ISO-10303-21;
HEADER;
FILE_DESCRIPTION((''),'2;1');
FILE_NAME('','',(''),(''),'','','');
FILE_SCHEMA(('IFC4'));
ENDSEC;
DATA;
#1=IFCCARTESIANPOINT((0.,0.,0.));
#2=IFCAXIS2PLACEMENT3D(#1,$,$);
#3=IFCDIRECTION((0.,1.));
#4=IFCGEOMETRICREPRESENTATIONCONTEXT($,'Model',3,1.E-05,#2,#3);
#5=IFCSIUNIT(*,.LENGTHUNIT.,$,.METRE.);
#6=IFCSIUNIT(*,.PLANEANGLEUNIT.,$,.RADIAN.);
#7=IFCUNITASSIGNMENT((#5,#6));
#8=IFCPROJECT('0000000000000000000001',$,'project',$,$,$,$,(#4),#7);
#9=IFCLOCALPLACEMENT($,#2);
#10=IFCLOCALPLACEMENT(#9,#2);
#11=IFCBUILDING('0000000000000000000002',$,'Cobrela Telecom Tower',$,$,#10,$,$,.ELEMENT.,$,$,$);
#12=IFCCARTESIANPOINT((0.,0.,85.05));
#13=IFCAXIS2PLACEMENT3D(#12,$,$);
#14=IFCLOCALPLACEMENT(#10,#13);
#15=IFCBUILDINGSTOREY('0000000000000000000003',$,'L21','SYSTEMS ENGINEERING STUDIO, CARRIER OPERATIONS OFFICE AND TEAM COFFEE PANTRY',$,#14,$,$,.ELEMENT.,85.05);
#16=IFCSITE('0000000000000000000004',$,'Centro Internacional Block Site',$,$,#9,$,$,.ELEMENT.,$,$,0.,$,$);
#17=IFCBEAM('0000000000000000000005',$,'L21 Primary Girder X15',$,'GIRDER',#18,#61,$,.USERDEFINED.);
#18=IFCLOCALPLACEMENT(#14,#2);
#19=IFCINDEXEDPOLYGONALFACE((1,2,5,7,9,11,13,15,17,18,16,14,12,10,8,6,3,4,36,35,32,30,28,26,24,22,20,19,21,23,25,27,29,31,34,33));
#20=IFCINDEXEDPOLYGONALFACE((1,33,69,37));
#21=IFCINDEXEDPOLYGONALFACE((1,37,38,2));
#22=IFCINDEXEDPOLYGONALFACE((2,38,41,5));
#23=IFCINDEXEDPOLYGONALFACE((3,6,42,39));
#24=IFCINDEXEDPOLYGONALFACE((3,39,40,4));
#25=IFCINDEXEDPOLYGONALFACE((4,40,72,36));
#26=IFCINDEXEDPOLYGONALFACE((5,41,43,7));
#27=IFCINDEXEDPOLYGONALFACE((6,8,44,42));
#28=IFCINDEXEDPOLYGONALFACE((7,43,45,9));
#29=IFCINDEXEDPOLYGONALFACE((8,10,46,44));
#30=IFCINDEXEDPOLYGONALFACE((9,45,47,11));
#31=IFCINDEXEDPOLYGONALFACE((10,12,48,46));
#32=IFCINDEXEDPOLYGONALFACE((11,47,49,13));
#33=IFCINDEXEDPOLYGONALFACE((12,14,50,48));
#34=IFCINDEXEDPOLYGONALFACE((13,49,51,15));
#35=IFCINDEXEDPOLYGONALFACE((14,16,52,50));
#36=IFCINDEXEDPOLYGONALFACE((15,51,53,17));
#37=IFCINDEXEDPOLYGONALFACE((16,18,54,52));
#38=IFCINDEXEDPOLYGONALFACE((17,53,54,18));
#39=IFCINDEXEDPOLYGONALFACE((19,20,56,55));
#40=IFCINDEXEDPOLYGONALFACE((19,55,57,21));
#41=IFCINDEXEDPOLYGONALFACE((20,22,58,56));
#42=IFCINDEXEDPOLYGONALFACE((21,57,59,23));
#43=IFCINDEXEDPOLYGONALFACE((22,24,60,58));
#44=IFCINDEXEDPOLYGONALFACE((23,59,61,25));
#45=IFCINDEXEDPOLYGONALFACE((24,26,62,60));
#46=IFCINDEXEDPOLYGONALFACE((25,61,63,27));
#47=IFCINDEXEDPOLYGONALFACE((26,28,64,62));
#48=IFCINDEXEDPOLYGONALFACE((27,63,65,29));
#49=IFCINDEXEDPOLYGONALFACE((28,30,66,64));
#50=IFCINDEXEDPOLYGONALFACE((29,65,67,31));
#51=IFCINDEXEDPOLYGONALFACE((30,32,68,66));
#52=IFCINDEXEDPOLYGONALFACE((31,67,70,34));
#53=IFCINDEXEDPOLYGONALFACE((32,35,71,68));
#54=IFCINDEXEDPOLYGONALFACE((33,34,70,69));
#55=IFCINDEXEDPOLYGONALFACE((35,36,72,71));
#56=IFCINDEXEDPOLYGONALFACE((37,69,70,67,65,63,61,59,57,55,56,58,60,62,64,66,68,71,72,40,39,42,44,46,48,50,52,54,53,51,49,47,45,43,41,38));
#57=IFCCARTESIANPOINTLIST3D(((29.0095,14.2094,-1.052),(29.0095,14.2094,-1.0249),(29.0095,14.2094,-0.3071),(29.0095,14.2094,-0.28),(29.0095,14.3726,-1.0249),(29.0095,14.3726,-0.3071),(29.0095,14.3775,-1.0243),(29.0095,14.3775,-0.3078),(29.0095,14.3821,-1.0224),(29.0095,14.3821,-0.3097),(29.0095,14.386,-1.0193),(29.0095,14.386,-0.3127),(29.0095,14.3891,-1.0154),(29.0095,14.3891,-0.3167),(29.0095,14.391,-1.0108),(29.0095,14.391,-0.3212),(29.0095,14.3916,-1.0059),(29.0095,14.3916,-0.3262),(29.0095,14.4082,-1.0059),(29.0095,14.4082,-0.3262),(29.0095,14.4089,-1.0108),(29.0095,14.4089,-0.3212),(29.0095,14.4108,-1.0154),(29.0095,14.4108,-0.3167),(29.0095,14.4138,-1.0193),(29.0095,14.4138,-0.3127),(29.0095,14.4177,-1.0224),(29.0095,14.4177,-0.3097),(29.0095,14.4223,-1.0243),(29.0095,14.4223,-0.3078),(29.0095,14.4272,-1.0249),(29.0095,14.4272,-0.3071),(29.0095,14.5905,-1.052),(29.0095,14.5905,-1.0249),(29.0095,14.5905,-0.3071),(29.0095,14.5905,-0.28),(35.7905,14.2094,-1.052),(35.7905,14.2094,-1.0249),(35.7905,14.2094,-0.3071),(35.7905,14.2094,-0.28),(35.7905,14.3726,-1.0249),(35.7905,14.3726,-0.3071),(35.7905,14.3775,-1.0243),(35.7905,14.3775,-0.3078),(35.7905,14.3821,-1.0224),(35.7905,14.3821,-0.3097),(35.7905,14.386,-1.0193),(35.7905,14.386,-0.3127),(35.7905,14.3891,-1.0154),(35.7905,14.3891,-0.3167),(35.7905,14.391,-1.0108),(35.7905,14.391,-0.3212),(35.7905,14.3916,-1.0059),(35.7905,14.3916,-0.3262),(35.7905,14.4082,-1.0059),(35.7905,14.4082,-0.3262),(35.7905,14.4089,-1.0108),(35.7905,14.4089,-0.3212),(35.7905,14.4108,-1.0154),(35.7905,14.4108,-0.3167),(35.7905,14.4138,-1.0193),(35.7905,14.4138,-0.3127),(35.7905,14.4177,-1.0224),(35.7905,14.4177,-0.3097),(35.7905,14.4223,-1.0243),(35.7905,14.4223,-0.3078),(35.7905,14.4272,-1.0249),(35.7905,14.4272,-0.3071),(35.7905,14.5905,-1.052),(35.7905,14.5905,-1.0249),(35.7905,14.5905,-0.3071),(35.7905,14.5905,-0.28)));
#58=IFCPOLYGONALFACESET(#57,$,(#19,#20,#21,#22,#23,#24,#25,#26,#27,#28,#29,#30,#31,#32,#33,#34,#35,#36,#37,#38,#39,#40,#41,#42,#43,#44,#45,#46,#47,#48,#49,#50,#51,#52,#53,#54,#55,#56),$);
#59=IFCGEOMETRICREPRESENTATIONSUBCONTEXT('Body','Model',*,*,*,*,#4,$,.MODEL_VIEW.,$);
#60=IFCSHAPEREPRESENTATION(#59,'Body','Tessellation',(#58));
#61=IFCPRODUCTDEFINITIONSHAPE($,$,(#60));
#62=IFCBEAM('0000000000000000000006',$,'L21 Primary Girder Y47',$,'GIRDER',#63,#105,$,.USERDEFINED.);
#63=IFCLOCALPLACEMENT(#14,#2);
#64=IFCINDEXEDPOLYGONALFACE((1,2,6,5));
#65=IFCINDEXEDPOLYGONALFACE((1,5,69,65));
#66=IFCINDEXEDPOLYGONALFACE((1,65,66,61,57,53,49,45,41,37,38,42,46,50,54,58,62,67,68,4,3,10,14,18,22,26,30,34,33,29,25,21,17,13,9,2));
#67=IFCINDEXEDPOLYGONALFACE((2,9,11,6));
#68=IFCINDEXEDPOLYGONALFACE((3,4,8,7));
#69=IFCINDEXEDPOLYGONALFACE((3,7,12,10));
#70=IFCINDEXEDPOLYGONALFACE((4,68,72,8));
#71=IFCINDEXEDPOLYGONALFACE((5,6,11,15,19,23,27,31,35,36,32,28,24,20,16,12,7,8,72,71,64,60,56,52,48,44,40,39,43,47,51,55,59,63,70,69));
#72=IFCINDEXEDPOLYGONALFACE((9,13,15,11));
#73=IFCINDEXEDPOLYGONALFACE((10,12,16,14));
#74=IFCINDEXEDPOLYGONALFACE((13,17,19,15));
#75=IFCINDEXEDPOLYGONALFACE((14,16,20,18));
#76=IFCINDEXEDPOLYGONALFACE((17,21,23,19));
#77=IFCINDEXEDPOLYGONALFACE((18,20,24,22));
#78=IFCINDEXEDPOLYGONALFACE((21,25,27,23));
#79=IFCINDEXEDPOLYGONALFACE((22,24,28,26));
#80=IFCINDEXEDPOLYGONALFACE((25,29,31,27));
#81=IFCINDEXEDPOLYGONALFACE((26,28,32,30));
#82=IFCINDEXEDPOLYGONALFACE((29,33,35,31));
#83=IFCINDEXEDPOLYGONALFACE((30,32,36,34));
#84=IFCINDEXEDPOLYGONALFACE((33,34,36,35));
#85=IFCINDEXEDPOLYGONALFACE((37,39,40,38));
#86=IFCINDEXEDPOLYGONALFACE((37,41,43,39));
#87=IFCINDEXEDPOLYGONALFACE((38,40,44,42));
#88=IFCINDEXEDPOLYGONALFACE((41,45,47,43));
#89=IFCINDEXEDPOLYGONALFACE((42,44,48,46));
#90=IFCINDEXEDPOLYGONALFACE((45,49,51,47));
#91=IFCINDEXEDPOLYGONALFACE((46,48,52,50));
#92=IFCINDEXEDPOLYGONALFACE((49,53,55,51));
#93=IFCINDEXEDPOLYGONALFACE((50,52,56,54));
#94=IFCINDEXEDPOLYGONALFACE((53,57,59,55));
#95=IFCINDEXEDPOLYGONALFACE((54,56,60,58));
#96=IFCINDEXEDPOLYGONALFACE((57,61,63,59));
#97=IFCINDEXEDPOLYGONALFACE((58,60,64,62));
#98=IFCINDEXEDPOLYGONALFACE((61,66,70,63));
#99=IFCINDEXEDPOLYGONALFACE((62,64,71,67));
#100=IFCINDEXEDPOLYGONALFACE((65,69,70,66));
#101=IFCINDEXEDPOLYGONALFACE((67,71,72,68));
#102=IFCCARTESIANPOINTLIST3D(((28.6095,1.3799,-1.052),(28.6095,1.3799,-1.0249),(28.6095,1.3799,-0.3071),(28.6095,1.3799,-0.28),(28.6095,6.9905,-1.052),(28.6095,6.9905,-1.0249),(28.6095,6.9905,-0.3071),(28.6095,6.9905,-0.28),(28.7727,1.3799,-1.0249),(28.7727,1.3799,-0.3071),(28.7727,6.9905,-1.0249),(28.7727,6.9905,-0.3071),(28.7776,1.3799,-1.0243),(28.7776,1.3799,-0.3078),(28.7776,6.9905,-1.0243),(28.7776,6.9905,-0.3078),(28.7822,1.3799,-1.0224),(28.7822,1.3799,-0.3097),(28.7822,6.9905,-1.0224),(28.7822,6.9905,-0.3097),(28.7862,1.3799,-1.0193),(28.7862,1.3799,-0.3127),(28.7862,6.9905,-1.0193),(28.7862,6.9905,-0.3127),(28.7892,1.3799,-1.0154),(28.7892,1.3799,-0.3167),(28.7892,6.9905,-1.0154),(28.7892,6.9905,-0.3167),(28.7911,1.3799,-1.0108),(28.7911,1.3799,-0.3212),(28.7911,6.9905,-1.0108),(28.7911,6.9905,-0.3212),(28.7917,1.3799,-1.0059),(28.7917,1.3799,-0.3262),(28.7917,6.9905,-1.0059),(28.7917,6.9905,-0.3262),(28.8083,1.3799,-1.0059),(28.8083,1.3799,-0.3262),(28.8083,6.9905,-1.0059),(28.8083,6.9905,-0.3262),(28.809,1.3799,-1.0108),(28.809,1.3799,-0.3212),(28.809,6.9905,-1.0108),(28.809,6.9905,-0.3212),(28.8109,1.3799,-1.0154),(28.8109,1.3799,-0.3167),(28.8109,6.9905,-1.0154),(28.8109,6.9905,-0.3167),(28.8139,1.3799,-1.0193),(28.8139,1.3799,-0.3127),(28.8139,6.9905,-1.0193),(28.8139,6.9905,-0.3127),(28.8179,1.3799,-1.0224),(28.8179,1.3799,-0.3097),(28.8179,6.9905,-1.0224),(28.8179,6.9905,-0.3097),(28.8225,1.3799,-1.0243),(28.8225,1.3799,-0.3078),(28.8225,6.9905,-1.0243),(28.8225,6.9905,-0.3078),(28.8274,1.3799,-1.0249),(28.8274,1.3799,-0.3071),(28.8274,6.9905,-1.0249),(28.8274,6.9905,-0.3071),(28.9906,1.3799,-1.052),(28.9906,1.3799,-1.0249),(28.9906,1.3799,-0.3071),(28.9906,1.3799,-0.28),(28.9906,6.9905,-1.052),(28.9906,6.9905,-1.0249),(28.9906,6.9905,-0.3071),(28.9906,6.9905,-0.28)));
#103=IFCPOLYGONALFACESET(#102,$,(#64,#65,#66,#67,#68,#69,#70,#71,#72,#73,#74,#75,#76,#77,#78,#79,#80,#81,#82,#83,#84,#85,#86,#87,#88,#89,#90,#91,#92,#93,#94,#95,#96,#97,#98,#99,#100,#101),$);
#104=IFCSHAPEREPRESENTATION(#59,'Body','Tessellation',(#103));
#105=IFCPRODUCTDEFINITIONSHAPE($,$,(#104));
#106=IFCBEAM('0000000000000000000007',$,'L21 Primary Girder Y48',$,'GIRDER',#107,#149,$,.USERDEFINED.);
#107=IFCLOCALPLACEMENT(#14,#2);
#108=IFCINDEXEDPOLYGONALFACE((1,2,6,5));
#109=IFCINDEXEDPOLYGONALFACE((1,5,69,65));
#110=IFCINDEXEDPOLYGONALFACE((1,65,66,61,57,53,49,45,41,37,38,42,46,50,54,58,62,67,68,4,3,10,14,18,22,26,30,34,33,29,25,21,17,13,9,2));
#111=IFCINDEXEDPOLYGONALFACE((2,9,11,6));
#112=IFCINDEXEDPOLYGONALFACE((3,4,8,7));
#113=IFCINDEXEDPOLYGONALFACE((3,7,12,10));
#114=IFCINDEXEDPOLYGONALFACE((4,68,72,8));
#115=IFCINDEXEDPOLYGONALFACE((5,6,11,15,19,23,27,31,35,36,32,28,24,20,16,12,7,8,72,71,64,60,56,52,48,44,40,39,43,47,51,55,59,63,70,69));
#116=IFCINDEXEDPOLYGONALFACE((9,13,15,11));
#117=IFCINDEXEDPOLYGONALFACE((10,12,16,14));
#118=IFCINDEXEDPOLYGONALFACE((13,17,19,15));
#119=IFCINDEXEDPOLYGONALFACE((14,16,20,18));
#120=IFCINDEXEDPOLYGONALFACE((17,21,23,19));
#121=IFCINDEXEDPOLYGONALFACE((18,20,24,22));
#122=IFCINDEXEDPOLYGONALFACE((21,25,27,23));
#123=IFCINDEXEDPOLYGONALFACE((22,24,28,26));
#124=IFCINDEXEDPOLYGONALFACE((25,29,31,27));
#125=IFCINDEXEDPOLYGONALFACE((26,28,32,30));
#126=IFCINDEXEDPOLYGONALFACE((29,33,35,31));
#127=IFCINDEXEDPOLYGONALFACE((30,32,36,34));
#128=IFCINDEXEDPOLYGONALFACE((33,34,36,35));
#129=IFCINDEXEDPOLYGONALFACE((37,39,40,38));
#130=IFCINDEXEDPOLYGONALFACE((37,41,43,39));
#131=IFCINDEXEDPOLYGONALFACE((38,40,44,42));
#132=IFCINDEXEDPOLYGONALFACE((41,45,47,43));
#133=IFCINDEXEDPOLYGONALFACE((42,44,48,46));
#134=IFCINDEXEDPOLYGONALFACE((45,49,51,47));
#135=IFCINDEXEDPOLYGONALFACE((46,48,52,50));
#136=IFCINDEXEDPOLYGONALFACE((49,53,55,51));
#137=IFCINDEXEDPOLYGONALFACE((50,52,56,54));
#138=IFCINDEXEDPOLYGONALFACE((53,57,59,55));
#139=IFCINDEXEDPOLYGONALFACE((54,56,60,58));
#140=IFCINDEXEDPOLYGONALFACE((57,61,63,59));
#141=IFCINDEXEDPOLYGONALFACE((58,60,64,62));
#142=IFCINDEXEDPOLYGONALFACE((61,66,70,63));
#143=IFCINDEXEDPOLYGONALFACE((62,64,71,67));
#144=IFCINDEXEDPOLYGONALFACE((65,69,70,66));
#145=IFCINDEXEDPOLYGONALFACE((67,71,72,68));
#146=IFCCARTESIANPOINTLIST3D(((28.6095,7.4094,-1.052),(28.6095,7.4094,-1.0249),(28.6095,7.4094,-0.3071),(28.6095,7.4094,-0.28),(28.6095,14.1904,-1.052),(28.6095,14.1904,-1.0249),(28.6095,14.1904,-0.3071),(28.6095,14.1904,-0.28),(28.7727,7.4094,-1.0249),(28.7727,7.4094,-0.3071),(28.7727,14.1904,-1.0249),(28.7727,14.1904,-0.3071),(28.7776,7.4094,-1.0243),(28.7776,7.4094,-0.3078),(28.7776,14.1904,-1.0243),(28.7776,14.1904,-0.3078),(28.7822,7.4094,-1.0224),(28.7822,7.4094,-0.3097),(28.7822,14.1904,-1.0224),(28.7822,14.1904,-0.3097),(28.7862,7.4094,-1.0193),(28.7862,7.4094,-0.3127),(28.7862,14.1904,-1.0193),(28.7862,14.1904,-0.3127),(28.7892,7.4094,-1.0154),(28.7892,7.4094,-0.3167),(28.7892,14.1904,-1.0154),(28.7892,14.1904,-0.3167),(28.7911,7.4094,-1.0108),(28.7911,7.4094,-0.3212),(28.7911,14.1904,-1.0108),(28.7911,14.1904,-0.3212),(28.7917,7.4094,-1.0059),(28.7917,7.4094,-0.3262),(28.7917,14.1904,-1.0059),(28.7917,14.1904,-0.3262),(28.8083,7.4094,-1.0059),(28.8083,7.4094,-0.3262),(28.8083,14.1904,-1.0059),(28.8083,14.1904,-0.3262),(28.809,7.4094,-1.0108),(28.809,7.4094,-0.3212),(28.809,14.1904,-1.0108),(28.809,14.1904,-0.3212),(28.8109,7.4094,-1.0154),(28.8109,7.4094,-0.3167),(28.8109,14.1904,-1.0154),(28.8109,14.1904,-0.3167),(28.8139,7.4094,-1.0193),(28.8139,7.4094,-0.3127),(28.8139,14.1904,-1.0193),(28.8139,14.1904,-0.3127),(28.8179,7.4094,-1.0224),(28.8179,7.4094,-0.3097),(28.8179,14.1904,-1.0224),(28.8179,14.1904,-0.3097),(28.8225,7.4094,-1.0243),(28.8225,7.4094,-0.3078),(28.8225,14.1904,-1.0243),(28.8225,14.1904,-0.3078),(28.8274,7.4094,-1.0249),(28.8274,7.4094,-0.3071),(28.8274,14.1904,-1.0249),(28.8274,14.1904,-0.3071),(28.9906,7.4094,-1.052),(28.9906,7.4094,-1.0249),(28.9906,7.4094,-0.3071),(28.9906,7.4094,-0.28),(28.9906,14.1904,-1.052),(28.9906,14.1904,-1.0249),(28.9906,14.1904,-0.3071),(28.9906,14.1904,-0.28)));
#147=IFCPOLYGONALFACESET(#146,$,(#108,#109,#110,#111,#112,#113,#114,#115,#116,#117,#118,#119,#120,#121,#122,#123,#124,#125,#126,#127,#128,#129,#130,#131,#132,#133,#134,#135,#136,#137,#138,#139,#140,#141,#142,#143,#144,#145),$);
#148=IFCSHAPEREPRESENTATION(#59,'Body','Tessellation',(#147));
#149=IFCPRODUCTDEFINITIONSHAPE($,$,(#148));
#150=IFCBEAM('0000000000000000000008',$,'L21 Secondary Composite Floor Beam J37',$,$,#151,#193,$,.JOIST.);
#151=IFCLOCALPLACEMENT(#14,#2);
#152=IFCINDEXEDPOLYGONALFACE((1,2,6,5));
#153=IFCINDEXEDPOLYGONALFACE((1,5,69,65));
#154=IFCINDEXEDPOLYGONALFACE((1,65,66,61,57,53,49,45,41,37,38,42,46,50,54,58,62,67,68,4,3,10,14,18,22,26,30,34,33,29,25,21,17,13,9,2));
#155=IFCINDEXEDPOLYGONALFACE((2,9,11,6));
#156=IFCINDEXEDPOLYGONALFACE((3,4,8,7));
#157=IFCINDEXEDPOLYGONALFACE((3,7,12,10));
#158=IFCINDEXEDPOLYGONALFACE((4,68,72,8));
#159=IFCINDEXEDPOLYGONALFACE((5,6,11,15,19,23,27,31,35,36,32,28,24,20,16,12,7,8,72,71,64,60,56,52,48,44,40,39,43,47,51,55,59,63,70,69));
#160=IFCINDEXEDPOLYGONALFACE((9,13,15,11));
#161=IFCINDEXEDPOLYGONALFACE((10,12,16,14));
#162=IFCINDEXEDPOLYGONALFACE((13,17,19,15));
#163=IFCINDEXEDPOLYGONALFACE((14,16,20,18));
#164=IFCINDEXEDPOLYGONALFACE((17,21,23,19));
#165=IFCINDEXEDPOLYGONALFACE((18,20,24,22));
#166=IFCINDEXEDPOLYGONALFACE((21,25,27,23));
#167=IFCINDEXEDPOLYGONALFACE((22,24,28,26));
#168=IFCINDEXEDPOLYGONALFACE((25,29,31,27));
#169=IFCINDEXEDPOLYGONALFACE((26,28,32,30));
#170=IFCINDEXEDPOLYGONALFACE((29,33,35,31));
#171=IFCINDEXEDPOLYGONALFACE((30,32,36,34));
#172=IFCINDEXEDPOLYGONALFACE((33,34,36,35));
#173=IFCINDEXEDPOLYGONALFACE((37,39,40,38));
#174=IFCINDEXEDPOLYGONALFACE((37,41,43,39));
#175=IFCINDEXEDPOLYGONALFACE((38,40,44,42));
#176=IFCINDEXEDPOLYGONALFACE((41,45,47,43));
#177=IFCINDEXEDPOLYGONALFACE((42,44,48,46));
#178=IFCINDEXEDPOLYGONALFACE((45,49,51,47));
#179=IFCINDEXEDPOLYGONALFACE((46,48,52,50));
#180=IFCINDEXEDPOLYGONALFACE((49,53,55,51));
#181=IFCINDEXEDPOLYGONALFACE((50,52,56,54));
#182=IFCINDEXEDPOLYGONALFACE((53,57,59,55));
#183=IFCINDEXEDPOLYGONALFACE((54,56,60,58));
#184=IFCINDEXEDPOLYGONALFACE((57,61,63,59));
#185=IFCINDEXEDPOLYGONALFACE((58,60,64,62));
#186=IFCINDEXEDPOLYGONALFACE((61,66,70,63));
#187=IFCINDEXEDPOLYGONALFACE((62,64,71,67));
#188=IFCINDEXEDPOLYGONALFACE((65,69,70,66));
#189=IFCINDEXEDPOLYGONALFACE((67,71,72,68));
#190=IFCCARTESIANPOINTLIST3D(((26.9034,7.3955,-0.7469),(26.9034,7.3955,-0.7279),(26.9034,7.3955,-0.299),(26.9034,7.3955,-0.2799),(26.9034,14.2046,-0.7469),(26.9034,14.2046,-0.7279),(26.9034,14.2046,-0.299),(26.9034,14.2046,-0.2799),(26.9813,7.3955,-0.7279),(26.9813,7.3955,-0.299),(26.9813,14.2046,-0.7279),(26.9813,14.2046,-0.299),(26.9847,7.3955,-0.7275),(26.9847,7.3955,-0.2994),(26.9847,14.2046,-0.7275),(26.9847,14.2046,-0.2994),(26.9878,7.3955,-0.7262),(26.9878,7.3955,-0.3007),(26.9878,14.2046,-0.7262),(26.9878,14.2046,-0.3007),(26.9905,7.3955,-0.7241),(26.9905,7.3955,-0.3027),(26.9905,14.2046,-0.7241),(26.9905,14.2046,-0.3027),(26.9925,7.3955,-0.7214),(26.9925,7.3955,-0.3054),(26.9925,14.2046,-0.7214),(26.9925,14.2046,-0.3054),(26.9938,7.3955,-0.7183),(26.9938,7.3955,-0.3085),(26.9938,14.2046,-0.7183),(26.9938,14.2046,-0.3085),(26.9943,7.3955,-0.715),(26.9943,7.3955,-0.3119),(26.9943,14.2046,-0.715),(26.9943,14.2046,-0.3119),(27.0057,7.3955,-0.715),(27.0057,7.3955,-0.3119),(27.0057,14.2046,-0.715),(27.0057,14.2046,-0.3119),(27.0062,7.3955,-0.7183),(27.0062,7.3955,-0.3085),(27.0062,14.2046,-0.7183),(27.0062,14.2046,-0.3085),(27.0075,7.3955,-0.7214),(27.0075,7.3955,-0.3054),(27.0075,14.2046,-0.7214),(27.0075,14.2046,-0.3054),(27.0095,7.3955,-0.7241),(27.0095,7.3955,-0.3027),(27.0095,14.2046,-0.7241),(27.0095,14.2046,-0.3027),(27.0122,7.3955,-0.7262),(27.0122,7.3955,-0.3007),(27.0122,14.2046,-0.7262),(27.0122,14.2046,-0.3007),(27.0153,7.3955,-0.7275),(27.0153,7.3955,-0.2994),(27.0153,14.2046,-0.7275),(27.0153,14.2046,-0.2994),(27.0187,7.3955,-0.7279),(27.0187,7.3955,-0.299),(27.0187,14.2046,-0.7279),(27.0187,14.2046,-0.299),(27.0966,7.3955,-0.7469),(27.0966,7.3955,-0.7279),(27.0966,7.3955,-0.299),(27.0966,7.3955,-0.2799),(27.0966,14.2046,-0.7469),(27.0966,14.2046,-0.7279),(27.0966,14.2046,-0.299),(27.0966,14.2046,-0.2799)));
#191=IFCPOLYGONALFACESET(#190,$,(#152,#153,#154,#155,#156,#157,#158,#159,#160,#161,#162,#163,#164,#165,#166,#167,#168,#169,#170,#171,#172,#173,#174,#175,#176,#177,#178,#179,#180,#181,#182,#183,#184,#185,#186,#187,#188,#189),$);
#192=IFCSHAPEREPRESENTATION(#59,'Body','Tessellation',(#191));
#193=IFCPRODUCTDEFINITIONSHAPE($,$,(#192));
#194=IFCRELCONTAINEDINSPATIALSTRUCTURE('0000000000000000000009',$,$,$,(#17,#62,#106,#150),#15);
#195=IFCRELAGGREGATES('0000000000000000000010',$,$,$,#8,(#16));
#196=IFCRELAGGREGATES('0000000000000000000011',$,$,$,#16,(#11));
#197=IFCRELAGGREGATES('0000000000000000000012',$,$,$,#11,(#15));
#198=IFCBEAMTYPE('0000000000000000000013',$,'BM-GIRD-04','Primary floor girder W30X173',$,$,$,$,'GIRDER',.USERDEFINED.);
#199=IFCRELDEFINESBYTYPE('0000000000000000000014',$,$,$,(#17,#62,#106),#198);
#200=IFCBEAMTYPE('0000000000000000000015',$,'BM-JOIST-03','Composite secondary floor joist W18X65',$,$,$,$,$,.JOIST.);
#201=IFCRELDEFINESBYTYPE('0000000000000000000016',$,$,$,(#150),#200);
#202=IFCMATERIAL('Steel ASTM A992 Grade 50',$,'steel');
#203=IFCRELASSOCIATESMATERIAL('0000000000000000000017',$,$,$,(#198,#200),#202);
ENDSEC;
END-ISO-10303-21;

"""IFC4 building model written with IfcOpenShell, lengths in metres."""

from ifc_helpers import new_model, si_unit, direction, frame, origin, origin_2d, place, context, subcontext, project, spatial, i_section, extrude, material, material_profile, profile_set, type_object, element, save


model = new_model("IFC4")

# Units and contexts
model_context = context("Model", 3, precision=1e-05, world=origin(), true_north=direction((0.0, 1.0)))
body_context = subcontext(model_context, "Body", "Model", "MODEL_VIEW")
ifc_project = project(units=[si_unit("LENGTHUNIT", "METRE"), si_unit("PLANEANGLEUNIT", "RADIAN")], contexts=[model_context])

# Site, building, storey
site_placement = place(None, origin())
site = spatial("IfcSite", under=ifc_project, at=site_placement, Name="Centro Internacional Block Site", CompositionType="ELEMENT", RefElevation=0.0)
building_placement = place(site_placement, origin())
building = spatial("IfcBuilding", under=site, at=building_placement, Name="Cobrela Telecom Tower", CompositionType="ELEMENT")
storey_placement = place(building_placement, frame((0.0, 0.0, 85.05)))
storey = spatial("IfcBuildingStorey", under=building, at=storey_placement, Name="L21", Description="SYSTEMS ENGINEERING STUDIO, CARRIER OPERATIONS OFFICE AND TEAM COFFEE PANTRY", CompositionType="ELEMENT", Elevation=85.05)

# Shared definitions
ifc_material_1 = material(Name="Steel ASTM A992 Grade 50", Category="steel")

# Beams
ifc_material_profile_1 = material_profile(ifc_material_1, i_section(OverallWidth=0.3811, OverallDepth=0.772, WebThickness=0.0166, FlangeThickness=0.0271, FilletRadius=0.019, at=origin_2d()), Name="W30X173")
ifc_profile_set_1 = profile_set([ifc_material_profile_1], Name="Steel ASTM A992 Grade 50")
beam_type_1 = type_object("IfcBeamType", Name="BM-GIRD-04", Description="Primary floor girder W30X173", ElementType="GIRDER", PredefinedType="USERDEFINED", material=ifc_profile_set_1)
for number, where, z_axis, x_axis, name in (
    (1, (29.0095, 14.3999, -0.666), (1.0, 0.0, 0.0), (0.0, 1.0, 0.0), "L21 Primary Girder X15"),
):
    element("IfcBeam", number, at=place(storey_placement, frame(where, z_axis=z_axis, x_axis=x_axis)), inside=storey, type_object=beam_type_1, Name=name, ObjectType="GIRDER", PredefinedType="USERDEFINED", context=body_context, shape_type="SweptSolid", body=[
        extrude(i_section(OverallWidth=0.3811, OverallDepth=0.772, WebThickness=0.0166, FlangeThickness=0.0271, FilletRadius=0.019, at=origin_2d()), origin(), (0.0, 0.0, 1.0), 6.781),
    ])
beam_1_placement = place(storey_placement, frame((28.8, 1.3799, -0.666), z_axis=(0.0, 1.0, 0.0), x_axis=(-1.0, 0.0, 0.0)))
element("IfcBeam", 2, at=beam_1_placement, inside=storey, type_object=beam_type_1, Name="L21 Primary Girder Y47", ObjectType="GIRDER", PredefinedType="USERDEFINED", context=body_context, shape_type="SweptSolid", body=[
    extrude(i_section(OverallWidth=0.3811, OverallDepth=0.772, WebThickness=0.0166, FlangeThickness=0.0271, FilletRadius=0.019, at=origin_2d()), origin(), (0.0, 0.0, 1.0), 5.6106),
])
beam_2_placement = place(storey_placement, frame((28.8, 7.4094, -0.666), z_axis=(0.0, 1.0, 0.0), x_axis=(-1.0, 0.0, 0.0)))
element("IfcBeam", 3, at=beam_2_placement, inside=storey, type_object=beam_type_1, Name="L21 Primary Girder Y48", ObjectType="GIRDER", PredefinedType="USERDEFINED", context=body_context, shape_type="SweptSolid", body=[
    extrude(i_section(OverallWidth=0.3811, OverallDepth=0.772, WebThickness=0.0166, FlangeThickness=0.0271, FilletRadius=0.019, at=origin_2d()), origin(), (0.0, 0.0, 1.0), 6.781),
])
ifc_material_profile_2 = material_profile(ifc_material_1, i_section(OverallWidth=0.1931, OverallDepth=0.467, WebThickness=0.0115, FlangeThickness=0.019, FilletRadius=0.0129, at=origin_2d()), Name="W18X65")
ifc_profile_set_2 = profile_set([ifc_material_profile_2], Name="Steel ASTM A992 Grade 50")
beam_type_2 = type_object("IfcBeamType", Name="BM-JOIST-03", Description="Composite secondary floor joist W18X65", PredefinedType="JOIST", material=ifc_profile_set_2)
beam_3_placement = place(storey_placement, frame((27.0, 7.3955, -0.5134), z_axis=(0.0, 1.0, 0.0), x_axis=(-1.0, 0.0, 0.0)))
element("IfcBeam", 4, at=beam_3_placement, inside=storey, type_object=beam_type_2, Name="L21 Secondary Composite Floor Beam J37", PredefinedType="JOIST", context=body_context, shape_type="SweptSolid", body=[
    extrude(i_section(OverallWidth=0.1931, OverallDepth=0.467, WebThickness=0.0115, FlangeThickness=0.019, FilletRadius=0.0129, at=origin_2d()), origin(), (0.0, 0.0, 1.0), 6.8091),
])

save(model, "model.ifc")
